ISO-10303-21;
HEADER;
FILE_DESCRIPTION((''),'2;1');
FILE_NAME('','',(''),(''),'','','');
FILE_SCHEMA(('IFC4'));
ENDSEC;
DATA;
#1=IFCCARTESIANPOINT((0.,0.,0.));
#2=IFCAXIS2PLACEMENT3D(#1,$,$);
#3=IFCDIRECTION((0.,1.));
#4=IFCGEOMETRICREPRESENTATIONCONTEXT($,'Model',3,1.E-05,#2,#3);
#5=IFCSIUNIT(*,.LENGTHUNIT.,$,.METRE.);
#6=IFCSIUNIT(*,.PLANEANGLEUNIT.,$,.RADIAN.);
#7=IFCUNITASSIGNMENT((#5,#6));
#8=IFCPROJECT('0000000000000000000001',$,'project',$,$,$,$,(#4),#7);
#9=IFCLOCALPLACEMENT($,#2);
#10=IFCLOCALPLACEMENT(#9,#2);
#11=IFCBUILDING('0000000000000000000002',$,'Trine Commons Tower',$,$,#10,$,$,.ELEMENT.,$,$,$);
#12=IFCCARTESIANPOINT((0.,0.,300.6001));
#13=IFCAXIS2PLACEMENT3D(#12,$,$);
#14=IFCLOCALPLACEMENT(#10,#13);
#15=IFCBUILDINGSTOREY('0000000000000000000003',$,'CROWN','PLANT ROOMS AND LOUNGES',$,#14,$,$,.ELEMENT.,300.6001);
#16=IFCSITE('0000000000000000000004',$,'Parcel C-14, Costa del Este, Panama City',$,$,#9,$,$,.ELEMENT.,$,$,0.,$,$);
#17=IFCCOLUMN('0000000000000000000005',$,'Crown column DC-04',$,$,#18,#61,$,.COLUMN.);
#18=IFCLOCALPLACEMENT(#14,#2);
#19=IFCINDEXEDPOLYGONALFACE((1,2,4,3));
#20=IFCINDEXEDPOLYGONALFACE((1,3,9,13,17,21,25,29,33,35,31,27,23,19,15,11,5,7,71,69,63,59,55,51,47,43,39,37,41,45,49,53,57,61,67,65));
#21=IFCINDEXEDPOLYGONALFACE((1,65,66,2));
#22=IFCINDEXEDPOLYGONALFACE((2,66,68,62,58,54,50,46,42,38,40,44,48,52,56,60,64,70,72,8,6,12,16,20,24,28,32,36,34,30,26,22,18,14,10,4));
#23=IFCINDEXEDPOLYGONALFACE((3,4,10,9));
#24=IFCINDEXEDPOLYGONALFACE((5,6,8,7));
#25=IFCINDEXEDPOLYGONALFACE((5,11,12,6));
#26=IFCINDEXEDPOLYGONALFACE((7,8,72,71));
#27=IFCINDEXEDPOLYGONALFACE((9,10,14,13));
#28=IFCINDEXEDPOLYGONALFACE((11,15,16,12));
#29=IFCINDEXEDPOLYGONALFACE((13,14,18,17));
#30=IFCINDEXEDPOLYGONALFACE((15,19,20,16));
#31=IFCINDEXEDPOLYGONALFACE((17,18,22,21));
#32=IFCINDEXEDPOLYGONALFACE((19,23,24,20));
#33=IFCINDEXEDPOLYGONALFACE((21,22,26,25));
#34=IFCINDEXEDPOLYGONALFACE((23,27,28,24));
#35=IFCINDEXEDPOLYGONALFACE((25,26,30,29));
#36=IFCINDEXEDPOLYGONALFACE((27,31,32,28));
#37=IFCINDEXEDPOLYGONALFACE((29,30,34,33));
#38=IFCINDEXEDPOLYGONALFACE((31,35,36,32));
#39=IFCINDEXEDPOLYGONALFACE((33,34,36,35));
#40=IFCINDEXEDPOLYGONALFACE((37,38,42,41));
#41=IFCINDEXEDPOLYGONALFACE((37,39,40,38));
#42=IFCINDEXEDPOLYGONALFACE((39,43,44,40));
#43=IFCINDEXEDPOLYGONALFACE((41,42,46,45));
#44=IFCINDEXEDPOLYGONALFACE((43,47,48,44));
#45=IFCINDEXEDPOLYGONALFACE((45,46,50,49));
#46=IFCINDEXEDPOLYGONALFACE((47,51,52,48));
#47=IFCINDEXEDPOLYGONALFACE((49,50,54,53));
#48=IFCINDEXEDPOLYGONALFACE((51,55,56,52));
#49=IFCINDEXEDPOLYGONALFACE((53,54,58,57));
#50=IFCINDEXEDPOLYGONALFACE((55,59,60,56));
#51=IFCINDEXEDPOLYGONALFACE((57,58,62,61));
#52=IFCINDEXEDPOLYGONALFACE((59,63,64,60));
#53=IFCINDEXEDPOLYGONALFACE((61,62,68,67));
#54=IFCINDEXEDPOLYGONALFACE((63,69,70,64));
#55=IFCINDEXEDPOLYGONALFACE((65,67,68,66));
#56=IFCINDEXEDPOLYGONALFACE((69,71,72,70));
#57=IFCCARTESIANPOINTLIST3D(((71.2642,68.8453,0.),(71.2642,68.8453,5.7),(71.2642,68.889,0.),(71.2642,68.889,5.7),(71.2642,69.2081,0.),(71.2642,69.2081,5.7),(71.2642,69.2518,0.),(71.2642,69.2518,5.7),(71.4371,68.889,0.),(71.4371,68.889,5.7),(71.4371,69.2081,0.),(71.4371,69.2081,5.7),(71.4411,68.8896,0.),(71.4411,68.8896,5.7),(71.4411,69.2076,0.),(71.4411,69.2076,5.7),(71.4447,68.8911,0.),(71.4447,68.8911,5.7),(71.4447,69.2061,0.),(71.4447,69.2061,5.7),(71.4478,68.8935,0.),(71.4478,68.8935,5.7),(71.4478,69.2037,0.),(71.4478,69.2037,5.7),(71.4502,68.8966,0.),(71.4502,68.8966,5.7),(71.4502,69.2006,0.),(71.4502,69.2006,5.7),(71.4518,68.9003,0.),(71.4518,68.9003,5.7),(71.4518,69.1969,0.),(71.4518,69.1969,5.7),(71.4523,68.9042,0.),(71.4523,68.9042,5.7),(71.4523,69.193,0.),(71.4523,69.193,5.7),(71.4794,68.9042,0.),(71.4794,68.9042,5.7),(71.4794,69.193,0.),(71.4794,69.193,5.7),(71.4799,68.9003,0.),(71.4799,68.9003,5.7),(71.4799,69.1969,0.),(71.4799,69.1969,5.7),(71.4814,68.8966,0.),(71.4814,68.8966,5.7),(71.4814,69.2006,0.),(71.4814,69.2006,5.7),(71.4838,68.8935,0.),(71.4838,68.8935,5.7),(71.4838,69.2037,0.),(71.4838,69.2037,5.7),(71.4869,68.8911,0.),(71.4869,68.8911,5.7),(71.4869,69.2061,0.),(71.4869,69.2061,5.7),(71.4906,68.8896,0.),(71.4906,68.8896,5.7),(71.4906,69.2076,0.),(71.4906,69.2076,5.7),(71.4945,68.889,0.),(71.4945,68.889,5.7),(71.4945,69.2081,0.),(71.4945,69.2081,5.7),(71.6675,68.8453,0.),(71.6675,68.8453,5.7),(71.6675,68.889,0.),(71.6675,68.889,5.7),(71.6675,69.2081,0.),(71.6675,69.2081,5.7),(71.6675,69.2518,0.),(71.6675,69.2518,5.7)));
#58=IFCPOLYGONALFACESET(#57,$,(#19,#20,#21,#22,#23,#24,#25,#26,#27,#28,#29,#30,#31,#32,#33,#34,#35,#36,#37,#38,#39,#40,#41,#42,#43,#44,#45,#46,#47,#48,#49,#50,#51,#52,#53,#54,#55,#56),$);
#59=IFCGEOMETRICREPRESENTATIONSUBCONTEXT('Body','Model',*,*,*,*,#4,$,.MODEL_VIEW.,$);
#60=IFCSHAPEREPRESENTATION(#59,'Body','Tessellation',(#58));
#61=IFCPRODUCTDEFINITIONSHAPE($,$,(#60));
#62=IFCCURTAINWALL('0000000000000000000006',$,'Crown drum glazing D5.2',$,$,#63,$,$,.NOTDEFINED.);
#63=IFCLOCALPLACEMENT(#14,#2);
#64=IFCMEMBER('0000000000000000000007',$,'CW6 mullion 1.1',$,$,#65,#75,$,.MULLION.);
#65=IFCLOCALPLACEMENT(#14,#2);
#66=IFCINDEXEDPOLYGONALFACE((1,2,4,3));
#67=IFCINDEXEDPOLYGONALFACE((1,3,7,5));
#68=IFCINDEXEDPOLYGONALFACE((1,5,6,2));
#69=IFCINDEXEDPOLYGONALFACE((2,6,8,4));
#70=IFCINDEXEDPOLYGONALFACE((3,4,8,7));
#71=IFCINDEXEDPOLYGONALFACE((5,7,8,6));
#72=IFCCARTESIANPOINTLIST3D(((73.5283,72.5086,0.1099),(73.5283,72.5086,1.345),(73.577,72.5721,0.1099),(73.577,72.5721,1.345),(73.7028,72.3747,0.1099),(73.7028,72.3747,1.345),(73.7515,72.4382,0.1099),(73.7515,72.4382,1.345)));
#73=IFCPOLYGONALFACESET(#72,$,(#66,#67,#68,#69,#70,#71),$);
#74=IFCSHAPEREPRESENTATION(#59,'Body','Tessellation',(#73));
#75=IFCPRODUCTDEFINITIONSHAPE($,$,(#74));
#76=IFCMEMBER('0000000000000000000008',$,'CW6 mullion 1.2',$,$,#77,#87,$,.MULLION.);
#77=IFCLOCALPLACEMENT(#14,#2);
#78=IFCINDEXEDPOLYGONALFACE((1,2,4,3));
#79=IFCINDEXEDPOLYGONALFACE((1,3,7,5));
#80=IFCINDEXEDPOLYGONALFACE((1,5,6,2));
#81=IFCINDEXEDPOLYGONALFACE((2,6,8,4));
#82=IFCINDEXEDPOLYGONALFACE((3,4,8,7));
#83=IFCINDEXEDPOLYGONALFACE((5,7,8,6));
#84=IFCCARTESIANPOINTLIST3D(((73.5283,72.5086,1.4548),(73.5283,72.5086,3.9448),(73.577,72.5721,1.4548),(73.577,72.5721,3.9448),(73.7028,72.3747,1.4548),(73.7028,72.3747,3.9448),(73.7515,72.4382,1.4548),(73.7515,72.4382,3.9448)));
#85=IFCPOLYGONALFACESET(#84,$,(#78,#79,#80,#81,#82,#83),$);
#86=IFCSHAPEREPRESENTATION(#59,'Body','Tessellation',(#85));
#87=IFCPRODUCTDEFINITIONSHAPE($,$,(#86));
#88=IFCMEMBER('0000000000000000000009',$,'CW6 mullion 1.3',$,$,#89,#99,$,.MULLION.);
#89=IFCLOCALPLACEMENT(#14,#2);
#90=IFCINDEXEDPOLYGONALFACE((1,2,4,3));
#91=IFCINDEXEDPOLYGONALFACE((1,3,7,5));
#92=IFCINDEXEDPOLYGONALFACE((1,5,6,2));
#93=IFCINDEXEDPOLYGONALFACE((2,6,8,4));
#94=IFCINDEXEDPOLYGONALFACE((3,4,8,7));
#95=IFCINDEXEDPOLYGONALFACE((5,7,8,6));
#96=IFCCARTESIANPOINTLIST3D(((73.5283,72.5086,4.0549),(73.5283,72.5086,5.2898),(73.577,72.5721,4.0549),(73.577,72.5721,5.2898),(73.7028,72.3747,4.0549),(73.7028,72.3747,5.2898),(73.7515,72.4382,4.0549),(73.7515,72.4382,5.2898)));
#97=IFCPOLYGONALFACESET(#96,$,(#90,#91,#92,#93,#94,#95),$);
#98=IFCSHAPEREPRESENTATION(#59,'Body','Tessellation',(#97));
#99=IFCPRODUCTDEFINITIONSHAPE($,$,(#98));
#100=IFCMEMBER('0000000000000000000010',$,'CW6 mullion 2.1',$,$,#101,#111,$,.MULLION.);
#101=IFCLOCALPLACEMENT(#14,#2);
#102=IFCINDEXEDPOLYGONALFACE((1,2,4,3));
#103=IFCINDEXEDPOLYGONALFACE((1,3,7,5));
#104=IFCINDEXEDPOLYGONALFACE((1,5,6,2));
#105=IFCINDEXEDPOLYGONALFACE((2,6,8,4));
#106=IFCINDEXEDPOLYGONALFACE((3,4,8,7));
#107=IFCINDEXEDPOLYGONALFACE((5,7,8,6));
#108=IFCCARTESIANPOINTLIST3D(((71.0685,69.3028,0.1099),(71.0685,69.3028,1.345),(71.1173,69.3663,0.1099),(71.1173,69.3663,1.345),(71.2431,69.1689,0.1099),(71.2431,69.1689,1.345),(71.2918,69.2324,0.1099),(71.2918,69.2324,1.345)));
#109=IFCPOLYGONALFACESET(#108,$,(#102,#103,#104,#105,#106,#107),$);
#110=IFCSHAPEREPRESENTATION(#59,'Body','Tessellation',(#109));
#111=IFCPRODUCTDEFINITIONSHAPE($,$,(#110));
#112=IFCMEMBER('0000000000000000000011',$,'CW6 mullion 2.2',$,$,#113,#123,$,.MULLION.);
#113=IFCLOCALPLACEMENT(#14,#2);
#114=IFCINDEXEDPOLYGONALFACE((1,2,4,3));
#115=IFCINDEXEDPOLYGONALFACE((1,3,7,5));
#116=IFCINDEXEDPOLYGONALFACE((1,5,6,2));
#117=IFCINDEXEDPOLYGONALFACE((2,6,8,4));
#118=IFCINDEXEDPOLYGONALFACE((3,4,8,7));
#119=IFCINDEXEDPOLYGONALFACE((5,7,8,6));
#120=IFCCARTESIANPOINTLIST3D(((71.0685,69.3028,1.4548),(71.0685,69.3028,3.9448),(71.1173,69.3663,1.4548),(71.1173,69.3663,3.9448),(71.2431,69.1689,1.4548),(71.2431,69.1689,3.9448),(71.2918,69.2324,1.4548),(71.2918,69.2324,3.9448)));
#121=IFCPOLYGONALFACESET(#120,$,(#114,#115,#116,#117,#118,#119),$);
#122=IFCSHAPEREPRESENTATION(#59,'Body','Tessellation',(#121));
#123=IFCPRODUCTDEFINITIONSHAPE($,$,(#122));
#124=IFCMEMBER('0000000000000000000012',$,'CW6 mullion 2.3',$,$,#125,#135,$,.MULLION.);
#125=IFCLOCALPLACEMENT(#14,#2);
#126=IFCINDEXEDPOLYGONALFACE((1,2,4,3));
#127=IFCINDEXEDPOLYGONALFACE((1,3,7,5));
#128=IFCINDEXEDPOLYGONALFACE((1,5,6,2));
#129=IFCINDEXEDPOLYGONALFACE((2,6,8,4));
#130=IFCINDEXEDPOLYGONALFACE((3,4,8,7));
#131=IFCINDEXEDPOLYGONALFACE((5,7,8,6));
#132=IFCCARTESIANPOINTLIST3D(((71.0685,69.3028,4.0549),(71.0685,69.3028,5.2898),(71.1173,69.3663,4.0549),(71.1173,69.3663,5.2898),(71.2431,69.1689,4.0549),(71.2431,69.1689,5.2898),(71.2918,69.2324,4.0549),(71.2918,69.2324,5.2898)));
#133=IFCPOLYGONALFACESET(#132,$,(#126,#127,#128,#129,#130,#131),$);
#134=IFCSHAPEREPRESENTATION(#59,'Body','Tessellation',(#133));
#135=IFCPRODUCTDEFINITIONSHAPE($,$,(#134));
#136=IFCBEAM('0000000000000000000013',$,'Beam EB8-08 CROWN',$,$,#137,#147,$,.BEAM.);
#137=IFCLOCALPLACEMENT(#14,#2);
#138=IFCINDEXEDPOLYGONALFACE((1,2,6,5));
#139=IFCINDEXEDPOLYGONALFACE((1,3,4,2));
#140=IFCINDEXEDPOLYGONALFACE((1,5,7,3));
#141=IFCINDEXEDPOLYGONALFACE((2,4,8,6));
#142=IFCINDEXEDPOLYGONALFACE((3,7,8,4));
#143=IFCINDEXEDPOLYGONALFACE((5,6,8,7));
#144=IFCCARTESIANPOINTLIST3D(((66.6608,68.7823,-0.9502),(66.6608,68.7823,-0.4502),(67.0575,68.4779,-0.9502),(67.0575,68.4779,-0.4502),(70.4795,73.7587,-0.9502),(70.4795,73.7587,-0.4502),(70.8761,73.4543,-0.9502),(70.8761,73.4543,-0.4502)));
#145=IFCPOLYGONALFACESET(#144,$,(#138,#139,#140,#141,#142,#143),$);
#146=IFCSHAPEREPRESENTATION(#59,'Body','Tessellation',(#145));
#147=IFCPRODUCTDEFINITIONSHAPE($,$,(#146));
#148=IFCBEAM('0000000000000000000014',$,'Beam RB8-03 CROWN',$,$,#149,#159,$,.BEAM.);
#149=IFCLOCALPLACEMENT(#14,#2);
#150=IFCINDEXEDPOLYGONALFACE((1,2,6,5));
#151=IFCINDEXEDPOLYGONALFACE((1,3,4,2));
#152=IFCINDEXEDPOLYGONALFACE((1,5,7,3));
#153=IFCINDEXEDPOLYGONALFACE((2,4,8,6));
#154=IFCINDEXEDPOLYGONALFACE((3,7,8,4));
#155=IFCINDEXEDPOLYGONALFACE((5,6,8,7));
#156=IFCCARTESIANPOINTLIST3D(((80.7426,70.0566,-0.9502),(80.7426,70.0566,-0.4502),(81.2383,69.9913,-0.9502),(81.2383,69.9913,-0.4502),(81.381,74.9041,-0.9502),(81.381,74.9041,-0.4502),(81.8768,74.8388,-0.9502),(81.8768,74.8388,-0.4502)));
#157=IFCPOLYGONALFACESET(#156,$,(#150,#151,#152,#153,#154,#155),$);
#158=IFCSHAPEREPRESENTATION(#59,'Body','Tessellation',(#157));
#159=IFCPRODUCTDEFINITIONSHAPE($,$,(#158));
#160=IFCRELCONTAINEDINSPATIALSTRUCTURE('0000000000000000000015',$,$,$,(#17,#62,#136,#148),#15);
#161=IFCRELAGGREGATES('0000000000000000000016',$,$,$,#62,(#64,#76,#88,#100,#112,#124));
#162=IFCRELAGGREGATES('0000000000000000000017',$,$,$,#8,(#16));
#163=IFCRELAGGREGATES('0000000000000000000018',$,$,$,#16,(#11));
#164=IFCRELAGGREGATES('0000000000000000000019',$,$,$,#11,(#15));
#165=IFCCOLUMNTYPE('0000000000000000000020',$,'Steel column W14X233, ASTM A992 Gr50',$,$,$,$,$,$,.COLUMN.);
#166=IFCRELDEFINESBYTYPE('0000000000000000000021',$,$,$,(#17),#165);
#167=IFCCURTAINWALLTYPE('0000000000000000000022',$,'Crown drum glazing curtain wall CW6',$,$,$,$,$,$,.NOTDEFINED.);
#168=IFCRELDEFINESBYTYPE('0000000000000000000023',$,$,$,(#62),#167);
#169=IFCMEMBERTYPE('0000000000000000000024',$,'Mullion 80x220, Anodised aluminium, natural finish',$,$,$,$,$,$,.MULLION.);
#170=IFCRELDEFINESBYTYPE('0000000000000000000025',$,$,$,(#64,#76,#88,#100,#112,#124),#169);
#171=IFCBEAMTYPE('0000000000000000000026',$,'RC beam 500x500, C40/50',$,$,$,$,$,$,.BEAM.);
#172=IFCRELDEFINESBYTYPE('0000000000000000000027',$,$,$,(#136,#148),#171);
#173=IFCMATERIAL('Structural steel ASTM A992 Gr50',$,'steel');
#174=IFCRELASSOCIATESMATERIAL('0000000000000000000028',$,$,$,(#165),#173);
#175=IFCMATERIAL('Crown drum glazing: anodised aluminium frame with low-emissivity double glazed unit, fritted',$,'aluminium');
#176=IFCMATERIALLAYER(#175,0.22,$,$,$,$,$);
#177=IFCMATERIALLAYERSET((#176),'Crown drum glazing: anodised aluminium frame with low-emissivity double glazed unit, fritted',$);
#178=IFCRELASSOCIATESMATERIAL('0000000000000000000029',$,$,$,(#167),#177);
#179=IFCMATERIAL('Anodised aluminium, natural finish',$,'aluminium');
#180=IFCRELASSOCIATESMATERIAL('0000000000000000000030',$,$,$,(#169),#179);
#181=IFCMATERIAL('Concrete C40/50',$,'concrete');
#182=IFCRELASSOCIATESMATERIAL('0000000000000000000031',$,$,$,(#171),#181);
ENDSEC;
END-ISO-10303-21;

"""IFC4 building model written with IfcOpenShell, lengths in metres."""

from ifc_helpers import new_model, si_unit, direction, frame, origin, origin_2d, place, context, subcontext, project, spatial, rectangle, i_section, extrude, material, layer, layer_set, material_profile, profile_set, type_object, element, aggregate, save


model = new_model("IFC4")

# Units and contexts
model_context = context("Model", 3, precision=1e-05, world=origin(), true_north=direction((0.0, 1.0)))
body_context = subcontext(model_context, "Body", "Model", "MODEL_VIEW")
ifc_project = project(units=[si_unit("LENGTHUNIT", "METRE"), si_unit("PLANEANGLEUNIT", "RADIAN")], contexts=[model_context])

# Site, building, storey
site_placement = place(None, origin())
site = spatial("IfcSite", under=ifc_project, at=site_placement, Name="Parcel C-14, Costa del Este, Panama City", CompositionType="ELEMENT", RefElevation=0.0)
building_placement = place(site_placement, origin())
building = spatial("IfcBuilding", under=site, at=building_placement, Name="Trine Commons Tower", CompositionType="ELEMENT")
storey_placement = place(building_placement, frame((0.0, 0.0, 300.6001)))
storey = spatial("IfcBuildingStorey", under=building, at=storey_placement, Name="CROWN", Description="PLANT ROOMS AND LOUNGES", CompositionType="ELEMENT", Elevation=300.6001)

# Column
ifc_material_1 = material(Name="Structural steel ASTM A992 Gr50", Category="steel")
ifc_material_profile_1 = material_profile(ifc_material_1, i_section(OverallWidth=0.4033, OverallDepth=0.4065, WebThickness=0.0271, FlangeThickness=0.0437, FilletRadius=0.0151, at=origin_2d()), Name="W14X233")
ifc_profile_set_1 = profile_set([ifc_material_profile_1], Name="Structural steel ASTM A992 Gr50")
column_type = type_object("IfcColumnType", Name="Steel column W14X233, ASTM A992 Gr50", PredefinedType="COLUMN", material=ifc_profile_set_1)
column_placement = place(storey_placement, frame((71.4658, 69.0486, 0.0), z_axis=(0.0, 0.0, 1.0), x_axis=(1.0, 0.0, 0.0)))
element("IfcColumn", 1, at=column_placement, inside=storey, type_object=column_type, Name="Crown column DC-04", PredefinedType="COLUMN", context=body_context, shape_type="SweptSolid", body=[
    extrude(i_section(OverallWidth=0.4033, OverallDepth=0.4065, WebThickness=0.0271, FlangeThickness=0.0437, FilletRadius=0.0151, at=origin_2d()), origin(), (0.0, 0.0, 1.0), 5.7),
])

# Curtain wall, members
ifc_material_2 = material(Name="Crown drum glazing: anodised aluminium frame with low-emissivity double glazed unit, fritted", Category="aluminium")
ifc_layer_1 = layer(ifc_material_2, 0.22)
ifc_layer_set_1 = layer_set([ifc_layer_1], Name="Crown drum glazing: anodised aluminium frame with low-emissivity double glazed unit, fritted")
curtain_wall_type = type_object("IfcCurtainWallType", Name="Crown drum glazing curtain wall CW6", PredefinedType="NOTDEFINED", material=ifc_layer_set_1)
curtain_wall_placement = place(storey_placement, origin())
curtain_wall = element("IfcCurtainWall", 2, at=curtain_wall_placement, inside=storey, type_object=curtain_wall_type, Name="Crown drum glazing D5.2", PredefinedType="NOTDEFINED")
ifc_material_3 = material(Name="Anodised aluminium, natural finish", Category="aluminium")
ifc_material_profile_2 = material_profile(ifc_material_3, rectangle(XDim=0.22, YDim=0.0801, at=origin_2d()), Name="Mullion 80x220")
ifc_profile_set_2 = profile_set([ifc_material_profile_2], Name="Anodised aluminium, natural finish")
member_type = type_object("IfcMemberType", Name="Mullion 80x220, Anodised aluminium, natural finish", PredefinedType="MULLION", material=ifc_profile_set_2)
member_1_placement = place(storey_placement, frame((73.6399, 72.4734, 0.1099), z_axis=(0.0, 0.0, 1.0), x_axis=(0.793353, -0.608761, 0.0)))
member_1 = element("IfcMember", 3, at=member_1_placement, type_object=member_type, Name="CW6 mullion 1.1", PredefinedType="MULLION", context=body_context, shape_type="SweptSolid", body=[
    extrude(rectangle(XDim=0.22, YDim=0.0801, at=origin_2d()), origin(), (0.0, 0.0, 1.0), 1.2351),
])
member_2_placement = place(storey_placement, frame((73.6399, 72.4734, 1.4548), z_axis=(0.0, 0.0, 1.0), x_axis=(0.793353, -0.608761, 0.0)))
member_2 = element("IfcMember", 4, at=member_2_placement, type_object=member_type, Name="CW6 mullion 1.2", PredefinedType="MULLION", context=body_context, shape_type="SweptSolid", body=[
    extrude(rectangle(XDim=0.22, YDim=0.0801, at=origin_2d()), origin(), (0.0, 0.0, 1.0), 2.49),
])
member_3_placement = place(storey_placement, frame((73.6399, 72.4734, 4.0549), z_axis=(0.0, 0.0, 1.0), x_axis=(0.793353, -0.608761, 0.0)))
member_3 = element("IfcMember", 5, at=member_3_placement, type_object=member_type, Name="CW6 mullion 1.3", PredefinedType="MULLION", context=body_context, shape_type="SweptSolid", body=[
    extrude(rectangle(XDim=0.22, YDim=0.0801, at=origin_2d()), origin(), (0.0, 0.0, 1.0), 1.2349),
])
member_4_placement = place(storey_placement, frame((71.1802, 69.2676, 0.1099), z_axis=(0.0, 0.0, 1.0), x_axis=(0.793353, -0.608761, 0.0)))
member_4 = element("IfcMember", 6, at=member_4_placement, type_object=member_type, Name="CW6 mullion 2.1", PredefinedType="MULLION", context=body_context, shape_type="SweptSolid", body=[
    extrude(rectangle(XDim=0.22, YDim=0.0801, at=origin_2d()), origin(), (0.0, 0.0, 1.0), 1.2351),
])
member_5_placement = place(storey_placement, frame((71.1802, 69.2676, 1.4548), z_axis=(0.0, 0.0, 1.0), x_axis=(0.793353, -0.608761, 0.0)))
member_5 = element("IfcMember", 7, at=member_5_placement, type_object=member_type, Name="CW6 mullion 2.2", PredefinedType="MULLION", context=body_context, shape_type="SweptSolid", body=[
    extrude(rectangle(XDim=0.22, YDim=0.0801, at=origin_2d()), origin(), (0.0, 0.0, 1.0), 2.49),
])
member_6_placement = place(storey_placement, frame((71.1802, 69.2676, 4.0549), z_axis=(0.0, 0.0, 1.0), x_axis=(0.793353, -0.608761, 0.0)))
member_6 = element("IfcMember", 8, at=member_6_placement, type_object=member_type, Name="CW6 mullion 2.3", PredefinedType="MULLION", context=body_context, shape_type="SweptSolid", body=[
    extrude(rectangle(XDim=0.22, YDim=0.0801, at=origin_2d()), origin(), (0.0, 0.0, 1.0), 1.2349),
])

# Beams
ifc_material_4 = material(Name="Concrete C40/50", Category="concrete")
ifc_material_profile_3 = material_profile(ifc_material_4, rectangle(XDim=0.5, YDim=0.5, at=origin_2d()), Name="RC 500x500")
ifc_profile_set_3 = profile_set([ifc_material_profile_3], Name="Concrete C40/50")
beam_type_1 = type_object("IfcBeamType", Name="RC beam 500x500, C40/50", PredefinedType="BEAM", material=ifc_profile_set_3)
beam_1_placement = place(storey_placement, frame((66.8591, 68.6301, -0.7002), z_axis=(0.608775, 0.793343, 0.0), x_axis=(-0.793343, 0.608775, 0.0)))
element("IfcBeam", 9, at=beam_1_placement, inside=storey, type_object=beam_type_1, Name="Beam EB8-08 CROWN", PredefinedType="BEAM", context=body_context, shape_type="SweptSolid", body=[
    extrude(rectangle(XDim=0.5, YDim=0.5, at=origin_2d()), origin(), (0.0, 0.0, 1.0), 6.2727),
])
beam_2_placement = place(storey_placement, frame((80.9905, 70.0239, -0.7002), z_axis=(0.130571, 0.991439, 0.0), x_axis=(-0.991439, 0.130571, 0.0)))
element("IfcBeam", 10, at=beam_2_placement, inside=storey, type_object=beam_type_1, Name="Beam RB8-03 CROWN", PredefinedType="BEAM", context=body_context, shape_type="SweptSolid", body=[
    extrude(rectangle(XDim=0.5, YDim=0.5, at=origin_2d()), origin(), (0.0, 0.0, 1.0), 4.8894),
])

aggregate(curtain_wall, [member_1, member_2, member_3, member_4, member_5, member_6])

save(model, "model.ifc")
